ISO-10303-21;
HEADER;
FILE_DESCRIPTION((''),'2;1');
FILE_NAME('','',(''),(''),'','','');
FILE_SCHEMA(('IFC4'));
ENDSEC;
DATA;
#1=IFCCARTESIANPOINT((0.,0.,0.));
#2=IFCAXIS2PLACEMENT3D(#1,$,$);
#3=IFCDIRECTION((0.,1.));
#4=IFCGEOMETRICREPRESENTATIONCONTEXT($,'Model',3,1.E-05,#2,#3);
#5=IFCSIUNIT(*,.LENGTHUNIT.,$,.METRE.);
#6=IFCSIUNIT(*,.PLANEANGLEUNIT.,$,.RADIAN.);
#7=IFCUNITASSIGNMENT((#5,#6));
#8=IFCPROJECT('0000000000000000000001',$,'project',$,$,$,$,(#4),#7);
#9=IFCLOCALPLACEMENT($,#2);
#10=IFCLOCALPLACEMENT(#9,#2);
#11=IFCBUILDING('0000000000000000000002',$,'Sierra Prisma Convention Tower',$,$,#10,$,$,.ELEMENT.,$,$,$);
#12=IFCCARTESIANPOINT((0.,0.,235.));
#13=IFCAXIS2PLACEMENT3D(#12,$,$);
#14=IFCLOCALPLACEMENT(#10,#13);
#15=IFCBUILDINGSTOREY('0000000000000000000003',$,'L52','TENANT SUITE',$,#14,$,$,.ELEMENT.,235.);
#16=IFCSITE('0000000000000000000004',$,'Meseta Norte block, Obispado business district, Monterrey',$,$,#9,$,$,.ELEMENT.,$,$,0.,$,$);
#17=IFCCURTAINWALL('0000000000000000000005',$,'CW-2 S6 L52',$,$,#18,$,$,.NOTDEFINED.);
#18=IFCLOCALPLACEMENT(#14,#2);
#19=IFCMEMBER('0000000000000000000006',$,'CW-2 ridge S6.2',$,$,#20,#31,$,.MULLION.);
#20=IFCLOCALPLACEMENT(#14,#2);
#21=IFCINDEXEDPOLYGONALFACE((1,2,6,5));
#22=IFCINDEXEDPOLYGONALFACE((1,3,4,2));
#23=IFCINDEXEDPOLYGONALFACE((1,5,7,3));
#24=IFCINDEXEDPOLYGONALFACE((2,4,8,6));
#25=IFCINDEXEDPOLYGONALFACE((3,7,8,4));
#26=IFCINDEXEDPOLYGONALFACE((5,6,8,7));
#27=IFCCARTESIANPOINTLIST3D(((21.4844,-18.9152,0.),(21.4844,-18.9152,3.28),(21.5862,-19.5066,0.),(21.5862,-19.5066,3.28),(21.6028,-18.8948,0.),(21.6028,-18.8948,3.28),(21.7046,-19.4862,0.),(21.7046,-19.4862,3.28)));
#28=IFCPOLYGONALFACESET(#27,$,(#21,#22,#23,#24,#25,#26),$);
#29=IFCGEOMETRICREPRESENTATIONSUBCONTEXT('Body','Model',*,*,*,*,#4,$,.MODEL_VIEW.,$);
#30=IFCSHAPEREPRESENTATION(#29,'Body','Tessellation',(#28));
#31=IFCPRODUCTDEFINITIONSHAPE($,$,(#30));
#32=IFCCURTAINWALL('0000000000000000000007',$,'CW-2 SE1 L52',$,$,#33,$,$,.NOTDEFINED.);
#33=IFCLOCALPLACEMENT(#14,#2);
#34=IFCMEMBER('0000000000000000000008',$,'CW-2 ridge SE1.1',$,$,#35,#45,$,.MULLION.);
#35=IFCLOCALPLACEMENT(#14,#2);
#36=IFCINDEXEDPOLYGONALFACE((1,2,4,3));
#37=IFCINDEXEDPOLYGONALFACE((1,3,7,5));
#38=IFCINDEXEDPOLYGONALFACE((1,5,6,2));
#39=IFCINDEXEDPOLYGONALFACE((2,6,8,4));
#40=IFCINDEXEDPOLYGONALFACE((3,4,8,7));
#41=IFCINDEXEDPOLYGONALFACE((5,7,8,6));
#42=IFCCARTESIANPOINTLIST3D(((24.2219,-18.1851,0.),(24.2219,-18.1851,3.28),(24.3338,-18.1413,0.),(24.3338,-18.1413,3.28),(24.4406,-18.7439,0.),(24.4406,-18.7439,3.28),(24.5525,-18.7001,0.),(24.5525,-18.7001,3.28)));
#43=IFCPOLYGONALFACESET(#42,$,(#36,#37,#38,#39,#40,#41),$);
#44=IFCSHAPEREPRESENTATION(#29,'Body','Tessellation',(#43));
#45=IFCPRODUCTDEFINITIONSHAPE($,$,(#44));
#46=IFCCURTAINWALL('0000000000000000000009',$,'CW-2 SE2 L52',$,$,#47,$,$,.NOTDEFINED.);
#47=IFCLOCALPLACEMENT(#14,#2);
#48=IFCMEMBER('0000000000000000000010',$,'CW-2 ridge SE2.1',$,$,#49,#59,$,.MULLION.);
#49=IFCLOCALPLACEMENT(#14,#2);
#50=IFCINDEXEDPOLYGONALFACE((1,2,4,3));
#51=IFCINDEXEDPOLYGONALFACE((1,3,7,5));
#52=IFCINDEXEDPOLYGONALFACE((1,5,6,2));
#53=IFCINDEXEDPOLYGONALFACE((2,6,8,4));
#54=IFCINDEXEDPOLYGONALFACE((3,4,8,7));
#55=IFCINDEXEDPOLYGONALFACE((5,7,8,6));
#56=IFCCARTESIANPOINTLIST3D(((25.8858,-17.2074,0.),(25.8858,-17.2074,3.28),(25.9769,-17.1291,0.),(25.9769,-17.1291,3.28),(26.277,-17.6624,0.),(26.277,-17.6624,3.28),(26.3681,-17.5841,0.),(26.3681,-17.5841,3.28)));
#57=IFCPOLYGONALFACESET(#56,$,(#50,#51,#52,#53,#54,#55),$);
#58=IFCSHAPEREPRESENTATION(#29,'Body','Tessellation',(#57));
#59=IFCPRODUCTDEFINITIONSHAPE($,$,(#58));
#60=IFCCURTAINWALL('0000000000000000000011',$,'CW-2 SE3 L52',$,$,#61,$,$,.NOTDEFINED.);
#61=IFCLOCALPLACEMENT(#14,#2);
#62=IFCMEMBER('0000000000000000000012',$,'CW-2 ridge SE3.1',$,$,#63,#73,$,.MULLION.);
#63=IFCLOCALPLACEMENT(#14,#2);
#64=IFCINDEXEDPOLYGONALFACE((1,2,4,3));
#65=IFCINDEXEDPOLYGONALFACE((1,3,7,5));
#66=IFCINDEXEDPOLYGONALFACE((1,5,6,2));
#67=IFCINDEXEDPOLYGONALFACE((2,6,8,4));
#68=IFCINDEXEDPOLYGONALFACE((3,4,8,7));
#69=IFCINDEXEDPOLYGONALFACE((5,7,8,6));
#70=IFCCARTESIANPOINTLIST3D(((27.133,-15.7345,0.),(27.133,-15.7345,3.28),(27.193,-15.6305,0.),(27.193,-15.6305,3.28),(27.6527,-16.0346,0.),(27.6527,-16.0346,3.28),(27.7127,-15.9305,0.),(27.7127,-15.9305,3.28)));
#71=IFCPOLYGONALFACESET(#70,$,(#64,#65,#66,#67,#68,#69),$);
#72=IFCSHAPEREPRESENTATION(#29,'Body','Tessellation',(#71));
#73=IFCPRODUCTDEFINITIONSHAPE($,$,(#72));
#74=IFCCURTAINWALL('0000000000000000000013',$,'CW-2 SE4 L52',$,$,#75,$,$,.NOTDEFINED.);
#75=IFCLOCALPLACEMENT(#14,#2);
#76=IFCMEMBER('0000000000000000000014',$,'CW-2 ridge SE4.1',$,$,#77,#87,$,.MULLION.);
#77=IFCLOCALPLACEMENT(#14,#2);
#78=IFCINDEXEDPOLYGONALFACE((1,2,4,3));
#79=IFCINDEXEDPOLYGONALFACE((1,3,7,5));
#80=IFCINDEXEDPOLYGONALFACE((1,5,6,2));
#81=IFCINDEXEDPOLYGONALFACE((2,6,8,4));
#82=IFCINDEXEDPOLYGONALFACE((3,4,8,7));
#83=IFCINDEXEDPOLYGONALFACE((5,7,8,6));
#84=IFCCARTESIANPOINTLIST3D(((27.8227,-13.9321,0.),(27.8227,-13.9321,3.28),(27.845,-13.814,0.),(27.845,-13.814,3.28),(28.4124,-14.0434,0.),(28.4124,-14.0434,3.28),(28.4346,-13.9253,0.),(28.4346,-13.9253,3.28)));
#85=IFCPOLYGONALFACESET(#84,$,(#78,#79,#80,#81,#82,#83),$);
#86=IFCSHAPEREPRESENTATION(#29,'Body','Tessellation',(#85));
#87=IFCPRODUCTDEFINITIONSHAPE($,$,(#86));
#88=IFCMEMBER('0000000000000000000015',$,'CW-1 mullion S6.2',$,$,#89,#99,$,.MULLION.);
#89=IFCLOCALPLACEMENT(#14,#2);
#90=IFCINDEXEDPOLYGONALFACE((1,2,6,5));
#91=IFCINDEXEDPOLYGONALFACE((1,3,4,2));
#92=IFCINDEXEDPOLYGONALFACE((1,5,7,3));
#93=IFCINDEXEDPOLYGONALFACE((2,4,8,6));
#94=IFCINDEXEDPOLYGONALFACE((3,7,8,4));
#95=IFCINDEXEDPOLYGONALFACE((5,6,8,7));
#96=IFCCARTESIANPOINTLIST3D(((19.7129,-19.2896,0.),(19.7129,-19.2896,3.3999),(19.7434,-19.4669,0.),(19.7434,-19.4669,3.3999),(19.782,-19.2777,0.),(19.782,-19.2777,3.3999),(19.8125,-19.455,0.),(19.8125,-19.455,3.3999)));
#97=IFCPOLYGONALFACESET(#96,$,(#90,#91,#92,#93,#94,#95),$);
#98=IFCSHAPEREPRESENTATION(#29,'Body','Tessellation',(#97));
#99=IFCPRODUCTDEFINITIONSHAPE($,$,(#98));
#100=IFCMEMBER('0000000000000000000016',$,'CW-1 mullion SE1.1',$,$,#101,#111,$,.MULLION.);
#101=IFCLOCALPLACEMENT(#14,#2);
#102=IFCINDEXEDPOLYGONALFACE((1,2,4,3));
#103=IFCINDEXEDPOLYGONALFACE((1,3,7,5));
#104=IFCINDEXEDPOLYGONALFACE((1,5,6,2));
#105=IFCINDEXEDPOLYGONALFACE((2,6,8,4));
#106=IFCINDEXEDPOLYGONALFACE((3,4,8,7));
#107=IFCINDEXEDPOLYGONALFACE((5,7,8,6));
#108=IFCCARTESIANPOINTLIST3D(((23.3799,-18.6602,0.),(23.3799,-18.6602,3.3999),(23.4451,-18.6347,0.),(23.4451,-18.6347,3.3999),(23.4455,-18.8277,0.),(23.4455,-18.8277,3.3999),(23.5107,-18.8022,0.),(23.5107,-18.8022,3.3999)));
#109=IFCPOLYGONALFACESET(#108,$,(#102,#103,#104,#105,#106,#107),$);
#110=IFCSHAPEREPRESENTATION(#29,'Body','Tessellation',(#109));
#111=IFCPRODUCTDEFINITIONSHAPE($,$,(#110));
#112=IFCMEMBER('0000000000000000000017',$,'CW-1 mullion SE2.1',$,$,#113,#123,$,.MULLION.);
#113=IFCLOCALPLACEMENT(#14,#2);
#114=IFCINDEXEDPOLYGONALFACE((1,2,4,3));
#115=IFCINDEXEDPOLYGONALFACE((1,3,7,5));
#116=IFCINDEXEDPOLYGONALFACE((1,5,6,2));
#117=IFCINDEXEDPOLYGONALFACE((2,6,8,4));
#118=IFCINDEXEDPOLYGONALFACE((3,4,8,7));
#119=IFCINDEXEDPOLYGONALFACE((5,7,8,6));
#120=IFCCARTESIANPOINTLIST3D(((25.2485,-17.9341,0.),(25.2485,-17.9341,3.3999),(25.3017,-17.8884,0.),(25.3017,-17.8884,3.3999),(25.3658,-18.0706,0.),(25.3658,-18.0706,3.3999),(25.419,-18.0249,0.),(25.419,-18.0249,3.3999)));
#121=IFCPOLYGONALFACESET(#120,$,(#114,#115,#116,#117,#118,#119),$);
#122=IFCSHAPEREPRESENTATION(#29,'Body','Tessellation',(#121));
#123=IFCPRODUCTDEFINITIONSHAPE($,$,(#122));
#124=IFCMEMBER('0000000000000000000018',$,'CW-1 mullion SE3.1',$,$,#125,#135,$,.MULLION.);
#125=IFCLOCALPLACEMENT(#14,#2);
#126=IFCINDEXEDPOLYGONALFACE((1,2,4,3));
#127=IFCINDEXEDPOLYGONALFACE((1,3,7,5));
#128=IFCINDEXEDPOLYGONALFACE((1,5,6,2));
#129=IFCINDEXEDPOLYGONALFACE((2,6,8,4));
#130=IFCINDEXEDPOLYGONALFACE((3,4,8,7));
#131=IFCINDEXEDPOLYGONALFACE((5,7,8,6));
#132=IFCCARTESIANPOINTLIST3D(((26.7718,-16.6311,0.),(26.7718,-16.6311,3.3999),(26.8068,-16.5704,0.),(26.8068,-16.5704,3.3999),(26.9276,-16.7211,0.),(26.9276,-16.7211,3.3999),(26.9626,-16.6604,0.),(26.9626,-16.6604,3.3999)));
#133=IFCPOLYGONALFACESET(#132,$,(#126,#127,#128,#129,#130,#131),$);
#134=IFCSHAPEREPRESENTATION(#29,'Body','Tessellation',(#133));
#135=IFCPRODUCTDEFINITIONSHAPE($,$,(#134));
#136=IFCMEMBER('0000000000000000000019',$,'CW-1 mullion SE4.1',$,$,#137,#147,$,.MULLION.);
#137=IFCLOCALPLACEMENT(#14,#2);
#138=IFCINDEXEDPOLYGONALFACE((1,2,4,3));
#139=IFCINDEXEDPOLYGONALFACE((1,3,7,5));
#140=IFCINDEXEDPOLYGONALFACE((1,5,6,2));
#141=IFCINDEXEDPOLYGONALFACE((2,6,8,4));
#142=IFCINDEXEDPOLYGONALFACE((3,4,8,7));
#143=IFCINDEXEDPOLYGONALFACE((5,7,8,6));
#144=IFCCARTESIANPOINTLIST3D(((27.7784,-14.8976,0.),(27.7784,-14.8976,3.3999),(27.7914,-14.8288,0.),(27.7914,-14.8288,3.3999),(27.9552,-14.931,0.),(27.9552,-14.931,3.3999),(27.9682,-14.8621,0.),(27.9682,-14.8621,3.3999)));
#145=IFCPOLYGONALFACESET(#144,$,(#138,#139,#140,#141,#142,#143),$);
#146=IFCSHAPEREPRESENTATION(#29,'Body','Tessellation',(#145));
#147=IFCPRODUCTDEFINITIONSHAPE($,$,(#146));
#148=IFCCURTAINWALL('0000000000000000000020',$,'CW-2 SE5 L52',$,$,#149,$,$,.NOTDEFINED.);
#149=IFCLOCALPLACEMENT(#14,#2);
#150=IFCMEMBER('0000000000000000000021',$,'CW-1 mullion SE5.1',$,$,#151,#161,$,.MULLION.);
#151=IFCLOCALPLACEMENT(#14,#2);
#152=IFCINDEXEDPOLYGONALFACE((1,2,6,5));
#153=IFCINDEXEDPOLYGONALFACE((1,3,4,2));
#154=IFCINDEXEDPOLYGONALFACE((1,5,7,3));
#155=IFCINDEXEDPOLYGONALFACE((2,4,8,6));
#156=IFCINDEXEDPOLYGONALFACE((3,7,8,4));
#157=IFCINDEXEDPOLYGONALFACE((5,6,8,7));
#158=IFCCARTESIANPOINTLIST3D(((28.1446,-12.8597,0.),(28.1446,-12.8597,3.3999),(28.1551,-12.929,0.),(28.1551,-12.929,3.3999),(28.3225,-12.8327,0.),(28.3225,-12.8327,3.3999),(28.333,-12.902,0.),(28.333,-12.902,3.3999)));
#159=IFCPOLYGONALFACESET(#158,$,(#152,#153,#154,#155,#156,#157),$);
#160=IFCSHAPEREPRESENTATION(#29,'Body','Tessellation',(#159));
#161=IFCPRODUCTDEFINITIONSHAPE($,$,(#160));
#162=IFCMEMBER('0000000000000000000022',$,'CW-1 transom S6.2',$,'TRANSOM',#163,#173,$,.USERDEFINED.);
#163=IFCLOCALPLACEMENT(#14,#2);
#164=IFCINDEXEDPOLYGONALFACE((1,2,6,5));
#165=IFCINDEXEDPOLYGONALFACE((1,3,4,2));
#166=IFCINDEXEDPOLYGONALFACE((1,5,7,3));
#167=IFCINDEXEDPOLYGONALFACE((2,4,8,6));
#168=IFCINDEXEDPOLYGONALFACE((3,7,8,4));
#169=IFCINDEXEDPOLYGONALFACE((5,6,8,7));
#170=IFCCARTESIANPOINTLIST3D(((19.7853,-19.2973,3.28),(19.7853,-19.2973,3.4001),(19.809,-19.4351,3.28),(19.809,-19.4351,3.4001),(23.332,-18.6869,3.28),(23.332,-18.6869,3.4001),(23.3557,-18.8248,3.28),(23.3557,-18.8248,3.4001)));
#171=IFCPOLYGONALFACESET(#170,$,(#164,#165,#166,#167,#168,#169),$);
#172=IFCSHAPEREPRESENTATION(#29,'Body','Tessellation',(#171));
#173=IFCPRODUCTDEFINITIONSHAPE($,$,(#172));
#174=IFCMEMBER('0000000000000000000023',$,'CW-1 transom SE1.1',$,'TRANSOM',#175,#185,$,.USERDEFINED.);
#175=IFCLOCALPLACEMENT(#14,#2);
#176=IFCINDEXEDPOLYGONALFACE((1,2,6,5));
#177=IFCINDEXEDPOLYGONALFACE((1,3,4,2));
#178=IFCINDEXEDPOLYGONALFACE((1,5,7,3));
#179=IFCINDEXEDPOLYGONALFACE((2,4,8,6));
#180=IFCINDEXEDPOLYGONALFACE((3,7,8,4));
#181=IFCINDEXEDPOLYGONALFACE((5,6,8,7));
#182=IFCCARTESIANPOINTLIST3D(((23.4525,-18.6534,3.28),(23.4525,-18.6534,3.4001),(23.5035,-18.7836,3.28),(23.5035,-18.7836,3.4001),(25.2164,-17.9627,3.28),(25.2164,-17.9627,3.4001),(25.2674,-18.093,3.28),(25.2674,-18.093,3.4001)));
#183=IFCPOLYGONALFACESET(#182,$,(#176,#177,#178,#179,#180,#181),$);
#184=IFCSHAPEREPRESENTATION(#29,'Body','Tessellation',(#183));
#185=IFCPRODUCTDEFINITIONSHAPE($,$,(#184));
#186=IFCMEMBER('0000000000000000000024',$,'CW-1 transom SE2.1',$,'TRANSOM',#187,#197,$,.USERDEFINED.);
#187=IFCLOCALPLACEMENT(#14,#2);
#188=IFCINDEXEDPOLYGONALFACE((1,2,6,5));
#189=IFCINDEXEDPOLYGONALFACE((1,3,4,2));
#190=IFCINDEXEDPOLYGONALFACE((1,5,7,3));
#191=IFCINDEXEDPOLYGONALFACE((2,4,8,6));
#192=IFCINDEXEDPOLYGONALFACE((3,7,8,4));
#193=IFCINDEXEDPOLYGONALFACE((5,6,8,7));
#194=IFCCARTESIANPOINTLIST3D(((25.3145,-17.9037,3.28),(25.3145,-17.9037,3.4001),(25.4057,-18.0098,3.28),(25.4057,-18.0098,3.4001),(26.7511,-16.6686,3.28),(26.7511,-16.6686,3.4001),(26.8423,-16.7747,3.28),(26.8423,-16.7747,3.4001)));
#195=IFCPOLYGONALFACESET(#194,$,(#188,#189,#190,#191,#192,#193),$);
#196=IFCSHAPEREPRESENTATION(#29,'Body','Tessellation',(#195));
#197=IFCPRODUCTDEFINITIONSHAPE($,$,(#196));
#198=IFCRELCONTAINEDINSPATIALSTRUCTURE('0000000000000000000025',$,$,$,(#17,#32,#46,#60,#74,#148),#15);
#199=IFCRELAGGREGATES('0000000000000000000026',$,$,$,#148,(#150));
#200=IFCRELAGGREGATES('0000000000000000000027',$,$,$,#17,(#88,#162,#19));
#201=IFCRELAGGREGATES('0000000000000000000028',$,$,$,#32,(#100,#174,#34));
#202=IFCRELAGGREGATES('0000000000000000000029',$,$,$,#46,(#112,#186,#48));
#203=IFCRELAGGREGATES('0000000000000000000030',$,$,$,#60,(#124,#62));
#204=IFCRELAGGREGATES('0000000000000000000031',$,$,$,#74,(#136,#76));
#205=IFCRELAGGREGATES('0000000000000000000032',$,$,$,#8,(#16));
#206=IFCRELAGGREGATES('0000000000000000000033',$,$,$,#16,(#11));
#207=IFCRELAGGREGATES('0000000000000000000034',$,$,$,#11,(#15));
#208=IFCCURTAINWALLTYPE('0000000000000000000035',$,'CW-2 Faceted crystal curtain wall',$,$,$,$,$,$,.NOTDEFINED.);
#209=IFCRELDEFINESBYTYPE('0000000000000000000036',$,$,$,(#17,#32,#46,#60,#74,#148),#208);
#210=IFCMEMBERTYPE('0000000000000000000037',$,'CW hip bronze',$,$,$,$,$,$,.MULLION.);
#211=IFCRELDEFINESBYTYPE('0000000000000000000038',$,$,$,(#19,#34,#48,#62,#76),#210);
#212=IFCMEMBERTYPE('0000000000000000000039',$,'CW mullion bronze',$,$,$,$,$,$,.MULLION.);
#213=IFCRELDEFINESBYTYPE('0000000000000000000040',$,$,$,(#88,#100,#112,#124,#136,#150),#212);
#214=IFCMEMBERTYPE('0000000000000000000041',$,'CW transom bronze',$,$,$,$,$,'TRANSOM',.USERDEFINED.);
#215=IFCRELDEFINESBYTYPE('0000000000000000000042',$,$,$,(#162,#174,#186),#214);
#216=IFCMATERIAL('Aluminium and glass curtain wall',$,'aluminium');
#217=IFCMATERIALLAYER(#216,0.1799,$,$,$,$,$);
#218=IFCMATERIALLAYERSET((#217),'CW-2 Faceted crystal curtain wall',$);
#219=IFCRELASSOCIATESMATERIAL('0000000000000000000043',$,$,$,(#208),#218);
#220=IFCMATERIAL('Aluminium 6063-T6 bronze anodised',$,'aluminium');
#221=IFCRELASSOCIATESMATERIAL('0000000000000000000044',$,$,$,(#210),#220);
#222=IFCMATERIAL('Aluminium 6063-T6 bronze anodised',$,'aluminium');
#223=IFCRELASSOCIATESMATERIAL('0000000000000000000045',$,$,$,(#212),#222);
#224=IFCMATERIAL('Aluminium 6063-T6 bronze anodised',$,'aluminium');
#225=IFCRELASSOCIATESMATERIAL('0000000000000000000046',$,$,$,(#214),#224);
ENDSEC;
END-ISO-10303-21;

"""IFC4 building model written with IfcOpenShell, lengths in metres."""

from ifc_helpers import new_model, si_unit, direction, frame, origin, origin_2d, place, context, subcontext, project, spatial, rectangle, extrude, material, layer, layer_set, material_profile, profile_set, type_object, element, aggregate, save


model = new_model("IFC4")

# Units and contexts
model_context = context("Model", 3, precision=1e-05, world=origin(), true_north=direction((0.0, 1.0)))
body_context = subcontext(model_context, "Body", "Model", "MODEL_VIEW")
ifc_project = project(units=[si_unit("LENGTHUNIT", "METRE"), si_unit("PLANEANGLEUNIT", "RADIAN")], contexts=[model_context])

# Site, building, storey
site_placement = place(None, origin())
site = spatial("IfcSite", under=ifc_project, at=site_placement, Name="Meseta Norte block, Obispado business district, Monterrey", CompositionType="ELEMENT", RefElevation=0.0)
building_placement = place(site_placement, origin())
building = spatial("IfcBuilding", under=site, at=building_placement, Name="Sierra Prisma Convention Tower", CompositionType="ELEMENT")
storey_placement = place(building_placement, frame((0.0, 0.0, 235.0)))
storey = spatial("IfcBuildingStorey", under=building, at=storey_placement, Name="L52", Description="TENANT SUITE", CompositionType="ELEMENT", Elevation=235.0)

# Curtain walls, members
ifc_material_1 = material(Name="Aluminium and glass curtain wall", Category="aluminium")
ifc_layer_1 = layer(ifc_material_1, 0.1799)
ifc_layer_set_1 = layer_set([ifc_layer_1], Name="CW-2 Faceted crystal curtain wall")
curtain_wall_type = type_object("IfcCurtainWallType", Name="CW-2 Faceted crystal curtain wall", PredefinedType="NOTDEFINED", material=ifc_layer_set_1)
curtain_wall_1_placement = place(storey_placement, origin())
curtain_wall_1 = element("IfcCurtainWall", 1, at=curtain_wall_1_placement, inside=storey, type_object=curtain_wall_type, Name="CW-2 S6 L52", PredefinedType="NOTDEFINED")
ifc_material_2 = material(Name="Aluminium 6063-T6 bronze anodised", Category="aluminium")
ifc_material_profile_1 = material_profile(ifc_material_2, rectangle(XDim=0.1201, YDim=0.6001, at=origin_2d()), Name="ALU RIDGE BLADE 120x600")
ifc_profile_set_1 = profile_set([ifc_material_profile_1], Name="Aluminium 6063-T6 bronze anodised")
member_type_1 = type_object("IfcMemberType", Name="CW hip bronze", PredefinedType="MULLION", material=ifc_profile_set_1)
member_1_placement = place(storey_placement, frame((21.5945, -19.2007, 0.0), z_axis=(0.0, 0.0, 1.0), x_axis=(0.985504, 0.169655, 0.0)))
member_1 = element("IfcMember", 2, at=member_1_placement, type_object=member_type_1, Name="CW-2 ridge S6.2", PredefinedType="MULLION", context=body_context, shape_type="SweptSolid", body=[
    extrude(rectangle(XDim=0.1201, YDim=0.6001, at=origin_2d()), origin(), (0.0, 0.0, 1.0), 3.28),
])
curtain_wall_2_placement = place(storey_placement, origin())
curtain_wall_2 = element("IfcCurtainWall", 3, at=curtain_wall_2_placement, inside=storey, type_object=curtain_wall_type, Name="CW-2 SE1 L52", PredefinedType="NOTDEFINED")
member_2_placement = place(storey_placement, frame((24.3872, -18.4426, 0.0), z_axis=(0.0, 0.0, 1.0), x_axis=(0.931202, 0.364504, 0.0)))
member_2 = element("IfcMember", 4, at=member_2_placement, type_object=member_type_1, Name="CW-2 ridge SE1.1", PredefinedType="MULLION", context=body_context, shape_type="SweptSolid", body=[
    extrude(rectangle(XDim=0.1201, YDim=0.6001, at=origin_2d()), origin(), (0.0, 0.0, 1.0), 3.28),
])
curtain_wall_3_placement = place(storey_placement, origin())
curtain_wall_3 = element("IfcCurtainWall", 5, at=curtain_wall_3_placement, inside=storey, type_object=curtain_wall_type, Name="CW-2 SE2 L52", PredefinedType="NOTDEFINED")
member_3_placement = place(storey_placement, frame((26.127, -17.3958, 0.0), z_axis=(0.0, 0.0, 1.0), x_axis=(0.758265, 0.651947, 0.0)))
member_3 = element("IfcMember", 6, at=member_3_placement, type_object=member_type_1, Name="CW-2 ridge SE2.1", PredefinedType="MULLION", context=body_context, shape_type="SweptSolid", body=[
    extrude(rectangle(XDim=0.1201, YDim=0.6001, at=origin_2d()), origin(), (0.0, 0.0, 1.0), 3.28),
])
curtain_wall_4_placement = place(storey_placement, origin())
curtain_wall_4 = element("IfcCurtainWall", 7, at=curtain_wall_4_placement, inside=storey, type_object=curtain_wall_type, Name="CW-2 SE3 L52", PredefinedType="NOTDEFINED")
member_4_placement = place(storey_placement, frame((27.4229, -15.8325, 0.0), z_axis=(0.0, 0.0, 1.0), x_axis=(0.5, 0.866025, 0.0)))
member_4 = element("IfcMember", 8, at=member_4_placement, type_object=member_type_1, Name="CW-2 ridge SE3.1", PredefinedType="MULLION", context=body_context, shape_type="SweptSolid", body=[
    extrude(rectangle(XDim=0.1201, YDim=0.6001, at=origin_2d()), origin(), (0.0, 0.0, 1.0), 3.28),
])
curtain_wall_5_placement = place(storey_placement, origin())
curtain_wall_5 = element("IfcCurtainWall", 9, at=curtain_wall_5_placement, inside=storey, type_object=curtain_wall_type, Name="CW-2 SE4 L52", PredefinedType="NOTDEFINED")
member_5_placement = place(storey_placement, frame((28.1287, -13.9287, 0.0), z_axis=(0.0, 0.0, 1.0), x_axis=(0.18547, 0.98265, 0.0)))
member_5 = element("IfcMember", 10, at=member_5_placement, type_object=member_type_1, Name="CW-2 ridge SE4.1", PredefinedType="MULLION", context=body_context, shape_type="SweptSolid", body=[
    extrude(rectangle(XDim=0.1201, YDim=0.6001, at=origin_2d()), origin(), (0.0, 0.0, 1.0), 3.28),
])

# Members
ifc_material_3 = material(Name="Aluminium 6063-T6 bronze anodised", Category="aluminium")
ifc_material_profile_2 = material_profile(ifc_material_3, rectangle(XDim=0.1799, YDim=0.0701, at=origin_2d()), Name="ALU MULLION 70x180")
ifc_profile_set_2 = profile_set([ifc_material_profile_2], Name="Aluminium 6063-T6 bronze anodised")
member_type_2 = type_object("IfcMemberType", Name="CW mullion bronze", PredefinedType="MULLION", material=ifc_profile_set_2)
member_6_placement = place(storey_placement, frame((19.7627, -19.3723, 0.0), z_axis=(0.0, 0.0, 1.0), x_axis=(-0.169655, 0.985504, 0.0)))
member_6 = element("IfcMember", 11, at=member_6_placement, type_object=member_type_2, Name="CW-1 mullion S6.2", PredefinedType="MULLION", context=body_context, shape_type="SweptSolid", body=[
    extrude(rectangle(XDim=0.1799, YDim=0.0701, at=origin_2d()), origin(), (0.0, 0.0, 1.0), 3.3999),
])
member_7_placement = place(storey_placement, frame((23.4453, -18.7312, 0.0), z_axis=(0.0, 0.0, 1.0), x_axis=(-0.364504, 0.931202, 0.0)))
member_7 = element("IfcMember", 12, at=member_7_placement, type_object=member_type_2, Name="CW-1 mullion SE1.1", PredefinedType="MULLION", context=body_context, shape_type="SweptSolid", body=[
    extrude(rectangle(XDim=0.1799, YDim=0.0701, at=origin_2d()), origin(), (0.0, 0.0, 1.0), 3.3999),
])
member_8_placement = place(storey_placement, frame((25.3337, -17.9795, 0.0), z_axis=(0.0, 0.0, 1.0), x_axis=(-0.651947, 0.758265, 0.0)))
member_8 = element("IfcMember", 13, at=member_8_placement, type_object=member_type_2, Name="CW-1 mullion SE2.1", PredefinedType="MULLION", context=body_context, shape_type="SweptSolid", body=[
    extrude(rectangle(XDim=0.1799, YDim=0.0701, at=origin_2d()), origin(), (0.0, 0.0, 1.0), 3.3999),
])
member_9_placement = place(storey_placement, frame((26.8672, -16.6458, 0.0), z_axis=(0.0, 0.0, 1.0), x_axis=(-0.866025, 0.5, 0.0)))
member_9 = element("IfcMember", 14, at=member_9_placement, type_object=member_type_2, Name="CW-1 mullion SE3.1", PredefinedType="MULLION", context=body_context, shape_type="SweptSolid", body=[
    extrude(rectangle(XDim=0.1799, YDim=0.0701, at=origin_2d()), origin(), (0.0, 0.0, 1.0), 3.3999),
])
member_10_placement = place(storey_placement, frame((27.8733, -14.8799, 0.0), z_axis=(0.0, 0.0, 1.0), x_axis=(-0.98265, 0.18547, 0.0)))
member_10 = element("IfcMember", 15, at=member_10_placement, type_object=member_type_2, Name="CW-1 mullion SE4.1", PredefinedType="MULLION", context=body_context, shape_type="SweptSolid", body=[
    extrude(rectangle(XDim=0.1799, YDim=0.0701, at=origin_2d()), origin(), (0.0, 0.0, 1.0), 3.3999),
])

# Curtain wall, member
curtain_wall_6_placement = place(storey_placement, origin())
curtain_wall_6 = element("IfcCurtainWall", 16, at=curtain_wall_6_placement, inside=storey, type_object=curtain_wall_type, Name="CW-2 SE5 L52", PredefinedType="NOTDEFINED")
member_11_placement = place(storey_placement, frame((28.2388, -12.8809, 0.0), z_axis=(0.0, 0.0, 1.0), x_axis=(-0.988696, -0.149931, 0.0)))
member_11 = element("IfcMember", 17, at=member_11_placement, type_object=member_type_2, Name="CW-1 mullion SE5.1", PredefinedType="MULLION", context=body_context, shape_type="SweptSolid", body=[
    extrude(rectangle(XDim=0.1799, YDim=0.0701, at=origin_2d()), origin(), (0.0, 0.0, 1.0), 3.3999),
])
aggregate(curtain_wall_6, [member_11])

# Members
ifc_material_4 = material(Name="Aluminium 6063-T6 bronze anodised", Category="aluminium")
ifc_material_profile_3 = material_profile(ifc_material_4, rectangle(XDim=0.1399, YDim=0.1201, at=origin_2d()), Name="ALU TRANSOM 120x140")
ifc_profile_set_3 = profile_set([ifc_material_profile_3], Name="Aluminium 6063-T6 bronze anodised")
member_type_3 = type_object("IfcMemberType", Name="CW transom bronze", ElementType="TRANSOM", PredefinedType="USERDEFINED", material=ifc_profile_set_3)
member_12_placement = place(storey_placement, frame((19.7971, -19.3662, 3.3401), z_axis=(0.985513, 0.1696, 0.0), x_axis=(-0.1696, 0.985513, 0.0)))
member_12 = element("IfcMember", 18, at=member_12_placement, type_object=member_type_3, Name="CW-1 transom S6.2", ObjectType="TRANSOM", PredefinedType="USERDEFINED", context=body_context, shape_type="SweptSolid", body=[
    extrude(rectangle(XDim=0.1399, YDim=0.1201, at=origin_2d()), origin(), (0.0, 0.0, 1.0), 3.5989),
])
member_13_placement = place(storey_placement, frame((23.478, -18.7185, 3.3401), z_axis=(0.931163, 0.364603, 0.0), x_axis=(-0.364603, 0.931163, 0.0)))
member_13 = element("IfcMember", 19, at=member_13_placement, type_object=member_type_3, Name="CW-1 transom SE1.1", ObjectType="TRANSOM", PredefinedType="USERDEFINED", context=body_context, shape_type="SweptSolid", body=[
    extrude(rectangle(XDim=0.1399, YDim=0.1201, at=origin_2d()), origin(), (0.0, 0.0, 1.0), 1.8943),
])
member_14_placement = place(storey_placement, frame((25.3601, -17.9568, 3.3401), z_axis=(0.758264, 0.651947, 0.0), x_axis=(-0.651947, 0.758264, 0.0)))
member_14 = element("IfcMember", 20, at=member_14_placement, type_object=member_type_3, Name="CW-1 transom SE2.1", ObjectType="TRANSOM", PredefinedType="USERDEFINED", context=body_context, shape_type="SweptSolid", body=[
    extrude(rectangle(XDim=0.1399, YDim=0.1201, at=origin_2d()), origin(), (0.0, 0.0, 1.0), 1.8945),
])

aggregate(curtain_wall_1, [member_6, member_12, member_1])
aggregate(curtain_wall_2, [member_7, member_13, member_2])
aggregate(curtain_wall_3, [member_8, member_14, member_3])
aggregate(curtain_wall_4, [member_9, member_4])
aggregate(curtain_wall_5, [member_10, member_5])

save(model, "model.ifc")
